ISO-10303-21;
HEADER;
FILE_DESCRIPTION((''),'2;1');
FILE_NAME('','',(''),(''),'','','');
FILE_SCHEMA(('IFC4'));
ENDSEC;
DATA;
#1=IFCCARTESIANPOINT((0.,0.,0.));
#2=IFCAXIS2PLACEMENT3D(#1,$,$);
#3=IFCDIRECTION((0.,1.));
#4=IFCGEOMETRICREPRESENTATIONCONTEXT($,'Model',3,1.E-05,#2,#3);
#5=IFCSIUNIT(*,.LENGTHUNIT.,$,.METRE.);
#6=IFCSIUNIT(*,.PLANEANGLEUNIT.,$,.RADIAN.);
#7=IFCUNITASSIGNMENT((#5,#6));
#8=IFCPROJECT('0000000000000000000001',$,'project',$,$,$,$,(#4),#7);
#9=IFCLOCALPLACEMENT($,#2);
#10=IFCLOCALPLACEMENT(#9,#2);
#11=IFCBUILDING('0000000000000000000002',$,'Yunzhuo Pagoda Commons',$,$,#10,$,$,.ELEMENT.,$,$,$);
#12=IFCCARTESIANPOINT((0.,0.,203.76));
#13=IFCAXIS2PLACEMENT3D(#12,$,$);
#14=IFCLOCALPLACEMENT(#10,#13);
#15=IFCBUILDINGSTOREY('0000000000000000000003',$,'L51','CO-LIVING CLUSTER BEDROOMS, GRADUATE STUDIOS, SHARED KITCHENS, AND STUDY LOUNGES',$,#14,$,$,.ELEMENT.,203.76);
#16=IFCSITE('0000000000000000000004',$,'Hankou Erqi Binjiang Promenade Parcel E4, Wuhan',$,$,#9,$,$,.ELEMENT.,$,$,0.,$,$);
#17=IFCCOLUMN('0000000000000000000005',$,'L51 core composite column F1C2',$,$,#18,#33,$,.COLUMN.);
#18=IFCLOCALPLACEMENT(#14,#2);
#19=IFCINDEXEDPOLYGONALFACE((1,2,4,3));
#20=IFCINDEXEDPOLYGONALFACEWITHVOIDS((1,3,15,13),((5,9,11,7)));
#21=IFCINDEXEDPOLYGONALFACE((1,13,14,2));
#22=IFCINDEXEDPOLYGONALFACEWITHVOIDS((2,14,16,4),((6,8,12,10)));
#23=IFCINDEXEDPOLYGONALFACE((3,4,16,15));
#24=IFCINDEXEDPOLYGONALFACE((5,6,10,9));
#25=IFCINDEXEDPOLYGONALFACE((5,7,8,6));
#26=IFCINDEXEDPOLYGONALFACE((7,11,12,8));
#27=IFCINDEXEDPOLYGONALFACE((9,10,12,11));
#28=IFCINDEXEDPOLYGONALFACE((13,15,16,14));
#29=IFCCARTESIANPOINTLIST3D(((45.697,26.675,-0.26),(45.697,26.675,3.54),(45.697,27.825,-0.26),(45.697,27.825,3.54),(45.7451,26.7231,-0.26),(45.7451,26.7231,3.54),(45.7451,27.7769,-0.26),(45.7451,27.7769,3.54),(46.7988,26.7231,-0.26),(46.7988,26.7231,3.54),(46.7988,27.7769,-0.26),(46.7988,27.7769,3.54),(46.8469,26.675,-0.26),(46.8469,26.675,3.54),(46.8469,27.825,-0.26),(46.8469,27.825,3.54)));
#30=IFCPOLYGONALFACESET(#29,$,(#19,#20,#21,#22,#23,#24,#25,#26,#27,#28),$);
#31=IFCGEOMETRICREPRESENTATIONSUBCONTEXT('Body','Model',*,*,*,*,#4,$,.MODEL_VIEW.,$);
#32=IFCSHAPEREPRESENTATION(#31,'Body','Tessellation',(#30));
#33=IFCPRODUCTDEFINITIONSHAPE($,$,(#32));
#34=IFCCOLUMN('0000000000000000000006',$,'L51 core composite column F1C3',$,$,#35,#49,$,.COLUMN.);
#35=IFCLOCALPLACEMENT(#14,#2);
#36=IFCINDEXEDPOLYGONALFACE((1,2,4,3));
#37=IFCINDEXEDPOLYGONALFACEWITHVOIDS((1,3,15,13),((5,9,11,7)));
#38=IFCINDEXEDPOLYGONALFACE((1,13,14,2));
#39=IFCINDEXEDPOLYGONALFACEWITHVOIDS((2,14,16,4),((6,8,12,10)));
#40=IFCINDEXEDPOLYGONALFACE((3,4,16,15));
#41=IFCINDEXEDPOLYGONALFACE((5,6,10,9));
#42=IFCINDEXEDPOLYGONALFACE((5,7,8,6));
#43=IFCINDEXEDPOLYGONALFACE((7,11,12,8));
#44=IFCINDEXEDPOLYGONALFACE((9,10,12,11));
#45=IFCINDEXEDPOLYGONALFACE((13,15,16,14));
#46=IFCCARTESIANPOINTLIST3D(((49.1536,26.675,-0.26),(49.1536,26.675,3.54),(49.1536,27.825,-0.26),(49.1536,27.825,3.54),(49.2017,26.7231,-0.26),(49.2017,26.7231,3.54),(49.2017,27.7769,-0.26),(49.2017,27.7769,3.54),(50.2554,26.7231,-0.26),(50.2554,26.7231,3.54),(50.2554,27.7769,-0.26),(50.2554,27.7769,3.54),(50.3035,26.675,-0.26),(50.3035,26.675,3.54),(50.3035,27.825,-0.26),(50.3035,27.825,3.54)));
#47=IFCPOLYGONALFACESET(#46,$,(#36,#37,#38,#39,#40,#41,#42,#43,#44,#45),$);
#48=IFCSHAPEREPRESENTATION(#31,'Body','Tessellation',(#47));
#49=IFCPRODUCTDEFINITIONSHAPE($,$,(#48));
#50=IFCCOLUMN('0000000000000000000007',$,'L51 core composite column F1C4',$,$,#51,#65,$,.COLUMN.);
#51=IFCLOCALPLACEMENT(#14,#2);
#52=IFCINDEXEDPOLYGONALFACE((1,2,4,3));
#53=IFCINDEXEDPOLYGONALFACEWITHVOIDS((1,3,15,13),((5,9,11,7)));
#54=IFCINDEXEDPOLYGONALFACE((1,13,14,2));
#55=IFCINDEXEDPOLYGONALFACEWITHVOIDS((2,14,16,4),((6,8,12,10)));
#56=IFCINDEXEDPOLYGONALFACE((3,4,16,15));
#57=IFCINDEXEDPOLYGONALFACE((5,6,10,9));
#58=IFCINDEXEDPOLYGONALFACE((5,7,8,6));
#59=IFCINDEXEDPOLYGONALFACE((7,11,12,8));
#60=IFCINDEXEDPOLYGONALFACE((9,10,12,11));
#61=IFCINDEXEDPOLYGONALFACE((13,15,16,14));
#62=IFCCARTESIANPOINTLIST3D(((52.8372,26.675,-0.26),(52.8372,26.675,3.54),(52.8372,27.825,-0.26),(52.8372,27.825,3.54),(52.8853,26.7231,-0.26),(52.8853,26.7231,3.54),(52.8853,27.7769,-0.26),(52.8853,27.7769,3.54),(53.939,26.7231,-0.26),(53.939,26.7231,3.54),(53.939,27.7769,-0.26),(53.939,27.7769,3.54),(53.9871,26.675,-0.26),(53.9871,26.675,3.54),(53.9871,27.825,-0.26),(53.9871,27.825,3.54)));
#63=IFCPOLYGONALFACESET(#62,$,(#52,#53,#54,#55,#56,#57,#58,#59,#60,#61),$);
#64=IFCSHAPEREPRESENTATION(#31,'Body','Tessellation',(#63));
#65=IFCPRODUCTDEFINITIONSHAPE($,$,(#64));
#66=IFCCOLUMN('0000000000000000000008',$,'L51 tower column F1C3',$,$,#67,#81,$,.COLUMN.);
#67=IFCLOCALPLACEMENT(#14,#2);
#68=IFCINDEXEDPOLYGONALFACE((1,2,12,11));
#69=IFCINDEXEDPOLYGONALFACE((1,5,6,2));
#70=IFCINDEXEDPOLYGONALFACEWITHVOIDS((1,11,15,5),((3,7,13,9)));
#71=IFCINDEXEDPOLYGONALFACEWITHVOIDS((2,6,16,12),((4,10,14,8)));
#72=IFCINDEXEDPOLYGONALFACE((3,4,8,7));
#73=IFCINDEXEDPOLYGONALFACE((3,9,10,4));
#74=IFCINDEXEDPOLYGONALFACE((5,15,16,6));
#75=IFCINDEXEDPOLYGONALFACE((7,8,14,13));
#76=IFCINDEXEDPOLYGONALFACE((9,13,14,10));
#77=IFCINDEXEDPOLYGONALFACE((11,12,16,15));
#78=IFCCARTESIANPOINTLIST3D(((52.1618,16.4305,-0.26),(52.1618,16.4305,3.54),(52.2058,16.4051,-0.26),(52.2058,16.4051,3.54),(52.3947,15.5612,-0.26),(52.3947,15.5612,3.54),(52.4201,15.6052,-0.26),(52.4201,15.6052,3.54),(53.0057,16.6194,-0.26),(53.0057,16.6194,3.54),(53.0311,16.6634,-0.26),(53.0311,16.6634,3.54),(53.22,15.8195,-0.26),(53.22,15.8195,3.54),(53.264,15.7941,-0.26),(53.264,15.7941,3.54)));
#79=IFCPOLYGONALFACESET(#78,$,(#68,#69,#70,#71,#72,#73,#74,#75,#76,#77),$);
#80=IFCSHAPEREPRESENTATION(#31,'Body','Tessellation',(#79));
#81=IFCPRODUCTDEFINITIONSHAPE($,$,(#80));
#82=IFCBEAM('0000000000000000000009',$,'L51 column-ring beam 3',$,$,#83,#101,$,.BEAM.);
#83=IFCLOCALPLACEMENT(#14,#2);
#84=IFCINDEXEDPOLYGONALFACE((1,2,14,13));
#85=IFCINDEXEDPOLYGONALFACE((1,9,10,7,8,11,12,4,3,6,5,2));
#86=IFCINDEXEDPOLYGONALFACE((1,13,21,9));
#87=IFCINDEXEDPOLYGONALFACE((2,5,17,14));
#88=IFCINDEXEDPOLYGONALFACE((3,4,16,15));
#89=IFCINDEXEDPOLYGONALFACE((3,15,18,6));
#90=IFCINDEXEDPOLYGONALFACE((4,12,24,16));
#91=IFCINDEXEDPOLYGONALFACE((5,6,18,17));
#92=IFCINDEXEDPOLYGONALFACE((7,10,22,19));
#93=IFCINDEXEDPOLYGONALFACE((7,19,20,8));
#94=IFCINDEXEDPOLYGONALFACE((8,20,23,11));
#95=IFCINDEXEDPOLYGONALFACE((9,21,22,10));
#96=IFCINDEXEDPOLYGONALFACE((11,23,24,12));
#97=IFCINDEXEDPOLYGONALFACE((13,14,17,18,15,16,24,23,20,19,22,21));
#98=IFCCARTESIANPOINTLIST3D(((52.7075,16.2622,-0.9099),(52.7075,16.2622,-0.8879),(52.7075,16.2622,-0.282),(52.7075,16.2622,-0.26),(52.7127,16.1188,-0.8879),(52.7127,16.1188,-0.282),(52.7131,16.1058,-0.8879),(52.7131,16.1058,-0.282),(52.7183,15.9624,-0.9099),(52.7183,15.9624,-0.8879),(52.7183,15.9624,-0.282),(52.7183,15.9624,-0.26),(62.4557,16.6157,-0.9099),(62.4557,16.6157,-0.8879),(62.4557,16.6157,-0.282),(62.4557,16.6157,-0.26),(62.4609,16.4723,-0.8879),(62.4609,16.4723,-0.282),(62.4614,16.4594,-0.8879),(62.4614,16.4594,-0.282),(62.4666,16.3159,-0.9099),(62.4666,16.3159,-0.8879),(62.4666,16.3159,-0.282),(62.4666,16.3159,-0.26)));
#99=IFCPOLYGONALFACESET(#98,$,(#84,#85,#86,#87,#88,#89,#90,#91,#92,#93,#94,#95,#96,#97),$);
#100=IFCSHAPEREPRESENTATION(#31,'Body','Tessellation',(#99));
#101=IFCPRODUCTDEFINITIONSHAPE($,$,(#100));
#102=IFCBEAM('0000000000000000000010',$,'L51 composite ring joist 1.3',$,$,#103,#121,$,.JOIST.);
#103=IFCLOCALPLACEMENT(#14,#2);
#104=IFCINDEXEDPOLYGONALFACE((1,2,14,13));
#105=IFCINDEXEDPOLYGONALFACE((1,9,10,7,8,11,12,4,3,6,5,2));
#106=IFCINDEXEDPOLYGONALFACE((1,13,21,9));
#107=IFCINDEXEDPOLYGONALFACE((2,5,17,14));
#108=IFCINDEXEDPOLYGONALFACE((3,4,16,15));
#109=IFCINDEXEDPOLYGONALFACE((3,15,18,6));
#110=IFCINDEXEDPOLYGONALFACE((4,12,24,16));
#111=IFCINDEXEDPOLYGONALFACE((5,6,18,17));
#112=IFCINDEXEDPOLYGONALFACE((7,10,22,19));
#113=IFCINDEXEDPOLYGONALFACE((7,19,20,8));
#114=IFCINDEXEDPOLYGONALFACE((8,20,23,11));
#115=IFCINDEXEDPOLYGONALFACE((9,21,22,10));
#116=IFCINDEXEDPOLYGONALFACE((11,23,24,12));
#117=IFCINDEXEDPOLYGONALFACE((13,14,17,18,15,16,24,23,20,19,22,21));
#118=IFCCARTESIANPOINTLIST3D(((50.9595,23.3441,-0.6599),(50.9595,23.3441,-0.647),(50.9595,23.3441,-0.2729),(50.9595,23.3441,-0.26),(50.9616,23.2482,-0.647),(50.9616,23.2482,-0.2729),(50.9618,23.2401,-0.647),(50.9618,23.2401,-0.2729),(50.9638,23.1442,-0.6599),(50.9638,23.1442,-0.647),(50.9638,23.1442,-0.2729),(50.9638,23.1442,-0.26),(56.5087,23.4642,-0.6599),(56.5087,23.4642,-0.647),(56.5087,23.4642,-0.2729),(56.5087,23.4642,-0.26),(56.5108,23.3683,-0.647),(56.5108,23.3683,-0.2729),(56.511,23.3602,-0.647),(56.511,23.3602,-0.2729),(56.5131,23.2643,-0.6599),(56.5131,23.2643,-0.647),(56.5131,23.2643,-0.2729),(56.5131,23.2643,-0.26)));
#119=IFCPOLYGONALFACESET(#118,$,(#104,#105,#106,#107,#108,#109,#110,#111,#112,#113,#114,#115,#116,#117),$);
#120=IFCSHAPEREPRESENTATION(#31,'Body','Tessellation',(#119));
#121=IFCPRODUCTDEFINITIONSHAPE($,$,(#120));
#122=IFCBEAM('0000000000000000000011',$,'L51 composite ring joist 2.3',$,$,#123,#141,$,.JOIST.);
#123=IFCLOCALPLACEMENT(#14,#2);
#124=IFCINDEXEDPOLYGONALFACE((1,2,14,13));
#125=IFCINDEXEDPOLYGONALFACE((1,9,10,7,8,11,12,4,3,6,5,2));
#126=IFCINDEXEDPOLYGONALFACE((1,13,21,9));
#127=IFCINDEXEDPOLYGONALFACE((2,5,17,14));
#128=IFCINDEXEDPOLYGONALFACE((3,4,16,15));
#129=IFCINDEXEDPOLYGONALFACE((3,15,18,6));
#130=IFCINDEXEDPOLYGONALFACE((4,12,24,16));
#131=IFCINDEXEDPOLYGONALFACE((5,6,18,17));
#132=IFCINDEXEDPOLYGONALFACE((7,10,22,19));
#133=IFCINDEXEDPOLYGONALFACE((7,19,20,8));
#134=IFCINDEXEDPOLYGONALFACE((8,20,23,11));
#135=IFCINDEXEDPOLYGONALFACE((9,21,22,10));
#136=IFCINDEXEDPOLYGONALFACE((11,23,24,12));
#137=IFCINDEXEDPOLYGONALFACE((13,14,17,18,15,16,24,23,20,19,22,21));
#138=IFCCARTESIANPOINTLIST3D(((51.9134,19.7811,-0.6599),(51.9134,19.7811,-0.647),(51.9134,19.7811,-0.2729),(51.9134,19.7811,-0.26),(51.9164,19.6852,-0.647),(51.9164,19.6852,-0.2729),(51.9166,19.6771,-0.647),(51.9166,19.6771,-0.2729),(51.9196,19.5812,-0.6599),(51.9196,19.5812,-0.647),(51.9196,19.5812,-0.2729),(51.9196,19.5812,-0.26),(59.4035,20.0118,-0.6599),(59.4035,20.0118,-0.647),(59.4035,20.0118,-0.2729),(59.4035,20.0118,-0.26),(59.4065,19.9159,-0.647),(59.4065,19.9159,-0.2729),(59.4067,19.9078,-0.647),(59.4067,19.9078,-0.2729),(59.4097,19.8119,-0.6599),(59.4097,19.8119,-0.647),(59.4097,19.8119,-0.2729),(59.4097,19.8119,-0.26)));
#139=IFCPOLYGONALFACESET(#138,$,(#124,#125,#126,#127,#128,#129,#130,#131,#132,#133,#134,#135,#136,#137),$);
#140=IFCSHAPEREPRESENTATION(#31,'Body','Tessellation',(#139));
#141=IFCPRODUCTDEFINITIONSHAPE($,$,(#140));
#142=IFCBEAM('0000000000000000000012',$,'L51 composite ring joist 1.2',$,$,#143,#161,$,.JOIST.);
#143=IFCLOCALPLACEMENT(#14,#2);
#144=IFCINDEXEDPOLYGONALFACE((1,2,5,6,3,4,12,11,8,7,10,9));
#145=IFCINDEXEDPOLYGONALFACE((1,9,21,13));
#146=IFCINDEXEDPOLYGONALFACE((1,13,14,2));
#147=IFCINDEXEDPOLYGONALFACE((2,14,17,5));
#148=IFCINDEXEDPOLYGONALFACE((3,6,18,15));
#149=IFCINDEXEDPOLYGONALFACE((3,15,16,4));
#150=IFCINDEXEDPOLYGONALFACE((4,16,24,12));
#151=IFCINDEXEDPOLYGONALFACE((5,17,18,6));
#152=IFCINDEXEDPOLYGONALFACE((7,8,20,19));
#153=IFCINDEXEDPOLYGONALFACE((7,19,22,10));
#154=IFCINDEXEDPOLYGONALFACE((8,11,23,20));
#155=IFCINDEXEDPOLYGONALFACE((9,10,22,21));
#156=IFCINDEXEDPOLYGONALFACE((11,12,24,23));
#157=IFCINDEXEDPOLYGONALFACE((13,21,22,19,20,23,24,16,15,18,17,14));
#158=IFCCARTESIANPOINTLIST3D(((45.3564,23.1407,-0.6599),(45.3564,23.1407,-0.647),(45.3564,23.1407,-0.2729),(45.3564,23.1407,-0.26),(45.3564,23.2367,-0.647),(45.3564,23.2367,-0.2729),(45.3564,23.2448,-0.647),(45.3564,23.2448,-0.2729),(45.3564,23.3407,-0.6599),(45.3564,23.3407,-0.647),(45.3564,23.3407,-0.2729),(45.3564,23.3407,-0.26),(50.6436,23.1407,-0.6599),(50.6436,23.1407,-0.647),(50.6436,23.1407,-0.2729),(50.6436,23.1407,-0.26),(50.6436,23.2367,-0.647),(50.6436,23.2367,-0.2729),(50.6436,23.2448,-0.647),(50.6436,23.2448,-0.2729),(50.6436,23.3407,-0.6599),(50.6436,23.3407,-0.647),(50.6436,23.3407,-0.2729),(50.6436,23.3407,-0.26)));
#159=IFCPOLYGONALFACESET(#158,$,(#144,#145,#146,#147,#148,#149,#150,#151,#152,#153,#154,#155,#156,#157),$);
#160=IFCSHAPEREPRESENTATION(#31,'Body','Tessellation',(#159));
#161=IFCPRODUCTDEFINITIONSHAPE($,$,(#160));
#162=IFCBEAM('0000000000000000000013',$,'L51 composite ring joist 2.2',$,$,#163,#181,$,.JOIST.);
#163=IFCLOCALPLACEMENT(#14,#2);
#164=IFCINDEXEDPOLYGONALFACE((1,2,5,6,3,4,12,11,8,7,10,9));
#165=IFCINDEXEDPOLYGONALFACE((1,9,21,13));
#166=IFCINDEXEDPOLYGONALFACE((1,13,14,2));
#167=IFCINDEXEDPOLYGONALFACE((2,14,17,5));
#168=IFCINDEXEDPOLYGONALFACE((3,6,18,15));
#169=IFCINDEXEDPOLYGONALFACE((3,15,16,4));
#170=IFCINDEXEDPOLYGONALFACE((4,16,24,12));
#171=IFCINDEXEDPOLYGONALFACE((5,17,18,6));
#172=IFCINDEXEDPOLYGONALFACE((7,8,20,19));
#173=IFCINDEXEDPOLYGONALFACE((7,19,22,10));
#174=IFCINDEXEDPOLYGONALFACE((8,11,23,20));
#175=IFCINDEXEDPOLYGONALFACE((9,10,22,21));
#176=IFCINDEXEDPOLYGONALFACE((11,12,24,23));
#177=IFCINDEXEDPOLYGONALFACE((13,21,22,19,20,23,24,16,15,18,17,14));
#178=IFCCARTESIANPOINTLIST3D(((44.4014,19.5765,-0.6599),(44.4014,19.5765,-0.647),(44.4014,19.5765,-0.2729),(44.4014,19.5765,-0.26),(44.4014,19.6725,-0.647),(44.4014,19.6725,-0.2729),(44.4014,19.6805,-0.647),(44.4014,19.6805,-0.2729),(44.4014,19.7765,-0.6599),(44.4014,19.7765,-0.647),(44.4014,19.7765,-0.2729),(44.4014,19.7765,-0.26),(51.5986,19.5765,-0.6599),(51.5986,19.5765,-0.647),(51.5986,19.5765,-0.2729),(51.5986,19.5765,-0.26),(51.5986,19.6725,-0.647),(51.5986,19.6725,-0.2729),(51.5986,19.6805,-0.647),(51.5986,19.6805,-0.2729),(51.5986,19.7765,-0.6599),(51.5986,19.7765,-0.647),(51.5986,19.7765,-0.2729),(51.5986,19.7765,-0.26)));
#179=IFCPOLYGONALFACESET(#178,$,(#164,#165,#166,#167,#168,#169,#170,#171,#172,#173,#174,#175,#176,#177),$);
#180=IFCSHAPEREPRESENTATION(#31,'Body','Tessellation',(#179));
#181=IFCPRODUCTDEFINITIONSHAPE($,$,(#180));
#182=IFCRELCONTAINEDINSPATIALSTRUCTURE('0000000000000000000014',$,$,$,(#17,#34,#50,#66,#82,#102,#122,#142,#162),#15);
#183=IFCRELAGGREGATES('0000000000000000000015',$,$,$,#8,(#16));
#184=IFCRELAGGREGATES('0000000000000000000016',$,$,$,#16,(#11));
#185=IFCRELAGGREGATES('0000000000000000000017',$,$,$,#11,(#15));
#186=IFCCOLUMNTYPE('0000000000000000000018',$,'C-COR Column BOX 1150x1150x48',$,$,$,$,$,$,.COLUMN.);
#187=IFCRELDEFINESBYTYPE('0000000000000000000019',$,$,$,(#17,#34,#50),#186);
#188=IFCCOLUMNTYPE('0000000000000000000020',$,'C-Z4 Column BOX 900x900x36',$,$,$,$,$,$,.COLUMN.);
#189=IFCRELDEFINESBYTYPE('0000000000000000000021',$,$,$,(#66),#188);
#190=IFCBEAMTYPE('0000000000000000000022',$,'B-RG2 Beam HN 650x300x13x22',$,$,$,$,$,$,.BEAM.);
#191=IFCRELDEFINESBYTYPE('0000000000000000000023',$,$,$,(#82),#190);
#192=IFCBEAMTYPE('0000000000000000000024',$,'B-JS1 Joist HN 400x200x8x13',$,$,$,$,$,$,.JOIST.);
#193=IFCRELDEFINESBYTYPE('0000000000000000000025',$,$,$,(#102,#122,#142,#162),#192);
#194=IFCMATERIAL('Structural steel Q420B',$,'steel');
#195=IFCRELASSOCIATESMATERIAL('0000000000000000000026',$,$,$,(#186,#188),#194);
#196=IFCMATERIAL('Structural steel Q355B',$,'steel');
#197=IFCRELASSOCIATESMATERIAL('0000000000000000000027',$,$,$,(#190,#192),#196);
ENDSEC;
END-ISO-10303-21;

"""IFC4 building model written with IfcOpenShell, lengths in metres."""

from ifc_helpers import new_model, si_unit, direction, frame, origin, origin_2d, place, context, subcontext, project, spatial, hollow_rectangle, i_section, extrude, source, transform, mapped, material, material_profile, profile_set, type_object, element, save


model = new_model("IFC4")

# Units and contexts
model_context = context("Model", 3, precision=1e-05, world=origin(), true_north=direction((0.0, 1.0)))
body_context = subcontext(model_context, "Body", "Model", "MODEL_VIEW")
ifc_project = project(units=[si_unit("LENGTHUNIT", "METRE"), si_unit("PLANEANGLEUNIT", "RADIAN")], contexts=[model_context])

# Site, building, storey
site_placement = place(None, origin())
site = spatial("IfcSite", under=ifc_project, at=site_placement, Name="Hankou Erqi Binjiang Promenade Parcel E4, Wuhan", CompositionType="ELEMENT", RefElevation=0.0)
building_placement = place(site_placement, origin())
building = spatial("IfcBuilding", under=site, at=building_placement, Name="Yunzhuo Pagoda Commons", CompositionType="ELEMENT")
storey_placement = place(building_placement, frame((0.0, 0.0, 203.76)))
storey = spatial("IfcBuildingStorey", under=building, at=storey_placement, Name="L51", Description="CO-LIVING CLUSTER BEDROOMS, GRADUATE STUDIOS, SHARED KITCHENS, AND STUDY LOUNGES", CompositionType="ELEMENT", Elevation=203.76)

# Columns
ifc_material_1 = material(Name="Structural steel Q420B", Category="steel")
ifc_material_profile_1 = material_profile(ifc_material_1, hollow_rectangle(XDim=1.1499, YDim=1.1499, WallThickness=0.0481, at=origin_2d()), Name="Structural steel Q420B")
ifc_profile_set_1 = profile_set([ifc_material_profile_1], Name="Structural steel Q420B")
column_type_1 = type_object("IfcColumnType", Name="C-COR Column BOX 1150x1150x48", PredefinedType="COLUMN", material=ifc_profile_set_1)
shared_shape_1 = source(origin(), body_context, "Body", "SweptSolid", [
    extrude(hollow_rectangle(XDim=1.1499, YDim=1.1499, WallThickness=0.0481, at=origin_2d()), origin(), (0.0, 0.0, 1.0), 3.8),
])
for number, where, z_axis, x_axis, name in (
    (1, (46.272, 27.25, -0.26), (0.0, 0.0, 1.0), (1.0, 0.0, 0.0), "L51 core composite column F1C2"),
    (2, (49.7285, 27.25, -0.26), (0.0, 0.0, 1.0), (1.0, 0.0, 0.0), "L51 core composite column F1C3"),
    (3, (53.4121, 27.25, -0.26), (0.0, 0.0, 1.0), (1.0, 0.0, 0.0), "L51 core composite column F1C4"),
):
    element("IfcColumn", number, at=place(storey_placement, frame(where, z_axis=z_axis, x_axis=x_axis)), inside=storey, type_object=column_type_1, Name=name, PredefinedType="COLUMN", context=body_context, shape_type="MappedRepresentation", body=[
        mapped(shared_shape_1, transform((0.0, 0.0, 0.0), scale=1.0)),
    ])
ifc_material_profile_2 = material_profile(ifc_material_1, hollow_rectangle(XDim=0.8999, YDim=0.8999, WallThickness=0.0359, at=origin_2d()), Name="Structural steel Q420B")
ifc_profile_set_2 = profile_set([ifc_material_profile_2], Name="Structural steel Q420B")
column_type_2 = type_object("IfcColumnType", Name="C-Z4 Column BOX 900x900x36", PredefinedType="COLUMN", material=ifc_profile_set_2)
shared_shape_2 = source(origin(), body_context, "Body", "SweptSolid", [
    extrude(hollow_rectangle(XDim=0.8999, YDim=0.8999, WallThickness=0.0359, at=origin_2d()), origin(), (0.0, 0.0, 1.0), 3.8),
])
column_placement = place(storey_placement, frame((52.7129, 16.1123, -0.26), z_axis=(0.0, 0.0, 1.0), x_axis=(0.965926, 0.258819, 0.0)))
element("IfcColumn", 4, at=column_placement, inside=storey, type_object=column_type_2, Name="L51 tower column F1C3", PredefinedType="COLUMN", context=body_context, shape_type="MappedRepresentation", body=[
    mapped(shared_shape_2, transform((0.0, 0.0, 0.0), scale=1.0)),
])

# Beams
ifc_material_2 = material(Name="Structural steel Q355B", Category="steel")
ifc_material_profile_3 = material_profile(ifc_material_2, i_section(OverallWidth=0.3, OverallDepth=0.6499, WebThickness=0.0129, FlangeThickness=0.022, at=origin_2d()), Name="Structural steel Q355B")
ifc_profile_set_3 = profile_set([ifc_material_profile_3], Name="Structural steel Q355B")
beam_type_1 = type_object("IfcBeamType", Name="B-RG2 Beam HN 650x300x13x22", PredefinedType="BEAM", material=ifc_profile_set_3)
shared_shape_3 = source(origin(), body_context, "Body", "SweptSolid", [
    extrude(i_section(OverallWidth=0.3, OverallDepth=0.6499, WebThickness=0.0129, FlangeThickness=0.022, at=origin_2d()), origin(), (0.0, 0.0, 1.0), 9.7546),
])
beam_1_placement = place(storey_placement, frame((52.7129, 16.1123, -0.585), z_axis=(0.999343, 0.036241, 0.0), x_axis=(-0.036241, 0.999343, 0.0)))
element("IfcBeam", 5, at=beam_1_placement, inside=storey, type_object=beam_type_1, Name="L51 column-ring beam 3", PredefinedType="BEAM", context=body_context, shape_type="MappedRepresentation", body=[
    mapped(shared_shape_3, transform((0.0, 0.0, 0.0), scale=1.0)),
])
ifc_material_profile_4 = material_profile(ifc_material_2, i_section(OverallWidth=0.2, OverallDepth=0.3999, WebThickness=0.0081, FlangeThickness=0.0129, at=origin_2d()), Name="Structural steel Q355B")
ifc_profile_set_4 = profile_set([ifc_material_profile_4], Name="Structural steel Q355B")
beam_type_2 = type_object("IfcBeamType", Name="B-JS1 Joist HN 400x200x8x13", PredefinedType="JOIST", material=ifc_profile_set_4)
shared_shape_4 = source(origin(), body_context, "Body", "SweptSolid", [
    extrude(i_section(OverallWidth=0.2, OverallDepth=0.3999, WebThickness=0.0081, FlangeThickness=0.0129, at=origin_2d()), origin(), (0.0, 0.0, 1.0), 5.5505),
])
beam_2_placement = place(storey_placement, frame((50.9617, 23.2441, -0.46), z_axis=(0.999766, 0.02164, 0.0), x_axis=(-0.02164, 0.999766, 0.0)))
element("IfcBeam", 6, at=beam_2_placement, inside=storey, type_object=beam_type_2, Name="L51 composite ring joist 1.3", PredefinedType="JOIST", context=body_context, shape_type="MappedRepresentation", body=[
    mapped(shared_shape_4, transform((0.0, 0.0, 0.0), scale=1.0)),
])
shared_shape_5 = source(origin(), body_context, "Body", "SweptSolid", [
    extrude(i_section(OverallWidth=0.2, OverallDepth=0.3999, WebThickness=0.0081, FlangeThickness=0.0129, at=origin_2d()), origin(), (0.0, 0.0, 1.0), 7.4937),
])
beam_3_placement = place(storey_placement, frame((51.9165, 19.6812, -0.46), z_axis=(0.999526, 0.030788, 0.0), x_axis=(-0.030788, 0.999526, 0.0)))
element("IfcBeam", 7, at=beam_3_placement, inside=storey, type_object=beam_type_2, Name="L51 composite ring joist 2.3", PredefinedType="JOIST", context=body_context, shape_type="MappedRepresentation", body=[
    mapped(shared_shape_5, transform((0.0, 0.0, 0.0), scale=1.0)),
])
shared_shape_6 = source(origin(), body_context, "Body", "SweptSolid", [
    extrude(i_section(OverallWidth=0.2, OverallDepth=0.3999, WebThickness=0.0081, FlangeThickness=0.0129, at=origin_2d()), origin(), (0.0, 0.0, 1.0), 5.2871),
])
beam_4_placement = place(storey_placement, frame((45.3564, 23.2407, -0.46), z_axis=(1.0, 0.0, 0.0), x_axis=(0.0, 1.0, 0.0)))
element("IfcBeam", 8, at=beam_4_placement, inside=storey, type_object=beam_type_2, Name="L51 composite ring joist 1.2", PredefinedType="JOIST", context=body_context, shape_type="MappedRepresentation", body=[
    mapped(shared_shape_6, transform((0.0, 0.0, 0.0), scale=1.0)),
])
shared_shape_7 = source(origin(), body_context, "Body", "SweptSolid", [
    extrude(i_section(OverallWidth=0.2, OverallDepth=0.3999, WebThickness=0.0081, FlangeThickness=0.0129, at=origin_2d()), origin(), (0.0, 0.0, 1.0), 7.1973),
])
beam_5_placement = place(storey_placement, frame((44.4014, 19.6765, -0.46), z_axis=(1.0, 0.0, 0.0), x_axis=(0.0, 1.0, 0.0)))
element("IfcBeam", 9, at=beam_5_placement, inside=storey, type_object=beam_type_2, Name="L51 composite ring joist 2.2", PredefinedType="JOIST", context=body_context, shape_type="MappedRepresentation", body=[
    mapped(shared_shape_7, transform((0.0, 0.0, 0.0), scale=1.0)),
])

save(model, "model.ifc")
